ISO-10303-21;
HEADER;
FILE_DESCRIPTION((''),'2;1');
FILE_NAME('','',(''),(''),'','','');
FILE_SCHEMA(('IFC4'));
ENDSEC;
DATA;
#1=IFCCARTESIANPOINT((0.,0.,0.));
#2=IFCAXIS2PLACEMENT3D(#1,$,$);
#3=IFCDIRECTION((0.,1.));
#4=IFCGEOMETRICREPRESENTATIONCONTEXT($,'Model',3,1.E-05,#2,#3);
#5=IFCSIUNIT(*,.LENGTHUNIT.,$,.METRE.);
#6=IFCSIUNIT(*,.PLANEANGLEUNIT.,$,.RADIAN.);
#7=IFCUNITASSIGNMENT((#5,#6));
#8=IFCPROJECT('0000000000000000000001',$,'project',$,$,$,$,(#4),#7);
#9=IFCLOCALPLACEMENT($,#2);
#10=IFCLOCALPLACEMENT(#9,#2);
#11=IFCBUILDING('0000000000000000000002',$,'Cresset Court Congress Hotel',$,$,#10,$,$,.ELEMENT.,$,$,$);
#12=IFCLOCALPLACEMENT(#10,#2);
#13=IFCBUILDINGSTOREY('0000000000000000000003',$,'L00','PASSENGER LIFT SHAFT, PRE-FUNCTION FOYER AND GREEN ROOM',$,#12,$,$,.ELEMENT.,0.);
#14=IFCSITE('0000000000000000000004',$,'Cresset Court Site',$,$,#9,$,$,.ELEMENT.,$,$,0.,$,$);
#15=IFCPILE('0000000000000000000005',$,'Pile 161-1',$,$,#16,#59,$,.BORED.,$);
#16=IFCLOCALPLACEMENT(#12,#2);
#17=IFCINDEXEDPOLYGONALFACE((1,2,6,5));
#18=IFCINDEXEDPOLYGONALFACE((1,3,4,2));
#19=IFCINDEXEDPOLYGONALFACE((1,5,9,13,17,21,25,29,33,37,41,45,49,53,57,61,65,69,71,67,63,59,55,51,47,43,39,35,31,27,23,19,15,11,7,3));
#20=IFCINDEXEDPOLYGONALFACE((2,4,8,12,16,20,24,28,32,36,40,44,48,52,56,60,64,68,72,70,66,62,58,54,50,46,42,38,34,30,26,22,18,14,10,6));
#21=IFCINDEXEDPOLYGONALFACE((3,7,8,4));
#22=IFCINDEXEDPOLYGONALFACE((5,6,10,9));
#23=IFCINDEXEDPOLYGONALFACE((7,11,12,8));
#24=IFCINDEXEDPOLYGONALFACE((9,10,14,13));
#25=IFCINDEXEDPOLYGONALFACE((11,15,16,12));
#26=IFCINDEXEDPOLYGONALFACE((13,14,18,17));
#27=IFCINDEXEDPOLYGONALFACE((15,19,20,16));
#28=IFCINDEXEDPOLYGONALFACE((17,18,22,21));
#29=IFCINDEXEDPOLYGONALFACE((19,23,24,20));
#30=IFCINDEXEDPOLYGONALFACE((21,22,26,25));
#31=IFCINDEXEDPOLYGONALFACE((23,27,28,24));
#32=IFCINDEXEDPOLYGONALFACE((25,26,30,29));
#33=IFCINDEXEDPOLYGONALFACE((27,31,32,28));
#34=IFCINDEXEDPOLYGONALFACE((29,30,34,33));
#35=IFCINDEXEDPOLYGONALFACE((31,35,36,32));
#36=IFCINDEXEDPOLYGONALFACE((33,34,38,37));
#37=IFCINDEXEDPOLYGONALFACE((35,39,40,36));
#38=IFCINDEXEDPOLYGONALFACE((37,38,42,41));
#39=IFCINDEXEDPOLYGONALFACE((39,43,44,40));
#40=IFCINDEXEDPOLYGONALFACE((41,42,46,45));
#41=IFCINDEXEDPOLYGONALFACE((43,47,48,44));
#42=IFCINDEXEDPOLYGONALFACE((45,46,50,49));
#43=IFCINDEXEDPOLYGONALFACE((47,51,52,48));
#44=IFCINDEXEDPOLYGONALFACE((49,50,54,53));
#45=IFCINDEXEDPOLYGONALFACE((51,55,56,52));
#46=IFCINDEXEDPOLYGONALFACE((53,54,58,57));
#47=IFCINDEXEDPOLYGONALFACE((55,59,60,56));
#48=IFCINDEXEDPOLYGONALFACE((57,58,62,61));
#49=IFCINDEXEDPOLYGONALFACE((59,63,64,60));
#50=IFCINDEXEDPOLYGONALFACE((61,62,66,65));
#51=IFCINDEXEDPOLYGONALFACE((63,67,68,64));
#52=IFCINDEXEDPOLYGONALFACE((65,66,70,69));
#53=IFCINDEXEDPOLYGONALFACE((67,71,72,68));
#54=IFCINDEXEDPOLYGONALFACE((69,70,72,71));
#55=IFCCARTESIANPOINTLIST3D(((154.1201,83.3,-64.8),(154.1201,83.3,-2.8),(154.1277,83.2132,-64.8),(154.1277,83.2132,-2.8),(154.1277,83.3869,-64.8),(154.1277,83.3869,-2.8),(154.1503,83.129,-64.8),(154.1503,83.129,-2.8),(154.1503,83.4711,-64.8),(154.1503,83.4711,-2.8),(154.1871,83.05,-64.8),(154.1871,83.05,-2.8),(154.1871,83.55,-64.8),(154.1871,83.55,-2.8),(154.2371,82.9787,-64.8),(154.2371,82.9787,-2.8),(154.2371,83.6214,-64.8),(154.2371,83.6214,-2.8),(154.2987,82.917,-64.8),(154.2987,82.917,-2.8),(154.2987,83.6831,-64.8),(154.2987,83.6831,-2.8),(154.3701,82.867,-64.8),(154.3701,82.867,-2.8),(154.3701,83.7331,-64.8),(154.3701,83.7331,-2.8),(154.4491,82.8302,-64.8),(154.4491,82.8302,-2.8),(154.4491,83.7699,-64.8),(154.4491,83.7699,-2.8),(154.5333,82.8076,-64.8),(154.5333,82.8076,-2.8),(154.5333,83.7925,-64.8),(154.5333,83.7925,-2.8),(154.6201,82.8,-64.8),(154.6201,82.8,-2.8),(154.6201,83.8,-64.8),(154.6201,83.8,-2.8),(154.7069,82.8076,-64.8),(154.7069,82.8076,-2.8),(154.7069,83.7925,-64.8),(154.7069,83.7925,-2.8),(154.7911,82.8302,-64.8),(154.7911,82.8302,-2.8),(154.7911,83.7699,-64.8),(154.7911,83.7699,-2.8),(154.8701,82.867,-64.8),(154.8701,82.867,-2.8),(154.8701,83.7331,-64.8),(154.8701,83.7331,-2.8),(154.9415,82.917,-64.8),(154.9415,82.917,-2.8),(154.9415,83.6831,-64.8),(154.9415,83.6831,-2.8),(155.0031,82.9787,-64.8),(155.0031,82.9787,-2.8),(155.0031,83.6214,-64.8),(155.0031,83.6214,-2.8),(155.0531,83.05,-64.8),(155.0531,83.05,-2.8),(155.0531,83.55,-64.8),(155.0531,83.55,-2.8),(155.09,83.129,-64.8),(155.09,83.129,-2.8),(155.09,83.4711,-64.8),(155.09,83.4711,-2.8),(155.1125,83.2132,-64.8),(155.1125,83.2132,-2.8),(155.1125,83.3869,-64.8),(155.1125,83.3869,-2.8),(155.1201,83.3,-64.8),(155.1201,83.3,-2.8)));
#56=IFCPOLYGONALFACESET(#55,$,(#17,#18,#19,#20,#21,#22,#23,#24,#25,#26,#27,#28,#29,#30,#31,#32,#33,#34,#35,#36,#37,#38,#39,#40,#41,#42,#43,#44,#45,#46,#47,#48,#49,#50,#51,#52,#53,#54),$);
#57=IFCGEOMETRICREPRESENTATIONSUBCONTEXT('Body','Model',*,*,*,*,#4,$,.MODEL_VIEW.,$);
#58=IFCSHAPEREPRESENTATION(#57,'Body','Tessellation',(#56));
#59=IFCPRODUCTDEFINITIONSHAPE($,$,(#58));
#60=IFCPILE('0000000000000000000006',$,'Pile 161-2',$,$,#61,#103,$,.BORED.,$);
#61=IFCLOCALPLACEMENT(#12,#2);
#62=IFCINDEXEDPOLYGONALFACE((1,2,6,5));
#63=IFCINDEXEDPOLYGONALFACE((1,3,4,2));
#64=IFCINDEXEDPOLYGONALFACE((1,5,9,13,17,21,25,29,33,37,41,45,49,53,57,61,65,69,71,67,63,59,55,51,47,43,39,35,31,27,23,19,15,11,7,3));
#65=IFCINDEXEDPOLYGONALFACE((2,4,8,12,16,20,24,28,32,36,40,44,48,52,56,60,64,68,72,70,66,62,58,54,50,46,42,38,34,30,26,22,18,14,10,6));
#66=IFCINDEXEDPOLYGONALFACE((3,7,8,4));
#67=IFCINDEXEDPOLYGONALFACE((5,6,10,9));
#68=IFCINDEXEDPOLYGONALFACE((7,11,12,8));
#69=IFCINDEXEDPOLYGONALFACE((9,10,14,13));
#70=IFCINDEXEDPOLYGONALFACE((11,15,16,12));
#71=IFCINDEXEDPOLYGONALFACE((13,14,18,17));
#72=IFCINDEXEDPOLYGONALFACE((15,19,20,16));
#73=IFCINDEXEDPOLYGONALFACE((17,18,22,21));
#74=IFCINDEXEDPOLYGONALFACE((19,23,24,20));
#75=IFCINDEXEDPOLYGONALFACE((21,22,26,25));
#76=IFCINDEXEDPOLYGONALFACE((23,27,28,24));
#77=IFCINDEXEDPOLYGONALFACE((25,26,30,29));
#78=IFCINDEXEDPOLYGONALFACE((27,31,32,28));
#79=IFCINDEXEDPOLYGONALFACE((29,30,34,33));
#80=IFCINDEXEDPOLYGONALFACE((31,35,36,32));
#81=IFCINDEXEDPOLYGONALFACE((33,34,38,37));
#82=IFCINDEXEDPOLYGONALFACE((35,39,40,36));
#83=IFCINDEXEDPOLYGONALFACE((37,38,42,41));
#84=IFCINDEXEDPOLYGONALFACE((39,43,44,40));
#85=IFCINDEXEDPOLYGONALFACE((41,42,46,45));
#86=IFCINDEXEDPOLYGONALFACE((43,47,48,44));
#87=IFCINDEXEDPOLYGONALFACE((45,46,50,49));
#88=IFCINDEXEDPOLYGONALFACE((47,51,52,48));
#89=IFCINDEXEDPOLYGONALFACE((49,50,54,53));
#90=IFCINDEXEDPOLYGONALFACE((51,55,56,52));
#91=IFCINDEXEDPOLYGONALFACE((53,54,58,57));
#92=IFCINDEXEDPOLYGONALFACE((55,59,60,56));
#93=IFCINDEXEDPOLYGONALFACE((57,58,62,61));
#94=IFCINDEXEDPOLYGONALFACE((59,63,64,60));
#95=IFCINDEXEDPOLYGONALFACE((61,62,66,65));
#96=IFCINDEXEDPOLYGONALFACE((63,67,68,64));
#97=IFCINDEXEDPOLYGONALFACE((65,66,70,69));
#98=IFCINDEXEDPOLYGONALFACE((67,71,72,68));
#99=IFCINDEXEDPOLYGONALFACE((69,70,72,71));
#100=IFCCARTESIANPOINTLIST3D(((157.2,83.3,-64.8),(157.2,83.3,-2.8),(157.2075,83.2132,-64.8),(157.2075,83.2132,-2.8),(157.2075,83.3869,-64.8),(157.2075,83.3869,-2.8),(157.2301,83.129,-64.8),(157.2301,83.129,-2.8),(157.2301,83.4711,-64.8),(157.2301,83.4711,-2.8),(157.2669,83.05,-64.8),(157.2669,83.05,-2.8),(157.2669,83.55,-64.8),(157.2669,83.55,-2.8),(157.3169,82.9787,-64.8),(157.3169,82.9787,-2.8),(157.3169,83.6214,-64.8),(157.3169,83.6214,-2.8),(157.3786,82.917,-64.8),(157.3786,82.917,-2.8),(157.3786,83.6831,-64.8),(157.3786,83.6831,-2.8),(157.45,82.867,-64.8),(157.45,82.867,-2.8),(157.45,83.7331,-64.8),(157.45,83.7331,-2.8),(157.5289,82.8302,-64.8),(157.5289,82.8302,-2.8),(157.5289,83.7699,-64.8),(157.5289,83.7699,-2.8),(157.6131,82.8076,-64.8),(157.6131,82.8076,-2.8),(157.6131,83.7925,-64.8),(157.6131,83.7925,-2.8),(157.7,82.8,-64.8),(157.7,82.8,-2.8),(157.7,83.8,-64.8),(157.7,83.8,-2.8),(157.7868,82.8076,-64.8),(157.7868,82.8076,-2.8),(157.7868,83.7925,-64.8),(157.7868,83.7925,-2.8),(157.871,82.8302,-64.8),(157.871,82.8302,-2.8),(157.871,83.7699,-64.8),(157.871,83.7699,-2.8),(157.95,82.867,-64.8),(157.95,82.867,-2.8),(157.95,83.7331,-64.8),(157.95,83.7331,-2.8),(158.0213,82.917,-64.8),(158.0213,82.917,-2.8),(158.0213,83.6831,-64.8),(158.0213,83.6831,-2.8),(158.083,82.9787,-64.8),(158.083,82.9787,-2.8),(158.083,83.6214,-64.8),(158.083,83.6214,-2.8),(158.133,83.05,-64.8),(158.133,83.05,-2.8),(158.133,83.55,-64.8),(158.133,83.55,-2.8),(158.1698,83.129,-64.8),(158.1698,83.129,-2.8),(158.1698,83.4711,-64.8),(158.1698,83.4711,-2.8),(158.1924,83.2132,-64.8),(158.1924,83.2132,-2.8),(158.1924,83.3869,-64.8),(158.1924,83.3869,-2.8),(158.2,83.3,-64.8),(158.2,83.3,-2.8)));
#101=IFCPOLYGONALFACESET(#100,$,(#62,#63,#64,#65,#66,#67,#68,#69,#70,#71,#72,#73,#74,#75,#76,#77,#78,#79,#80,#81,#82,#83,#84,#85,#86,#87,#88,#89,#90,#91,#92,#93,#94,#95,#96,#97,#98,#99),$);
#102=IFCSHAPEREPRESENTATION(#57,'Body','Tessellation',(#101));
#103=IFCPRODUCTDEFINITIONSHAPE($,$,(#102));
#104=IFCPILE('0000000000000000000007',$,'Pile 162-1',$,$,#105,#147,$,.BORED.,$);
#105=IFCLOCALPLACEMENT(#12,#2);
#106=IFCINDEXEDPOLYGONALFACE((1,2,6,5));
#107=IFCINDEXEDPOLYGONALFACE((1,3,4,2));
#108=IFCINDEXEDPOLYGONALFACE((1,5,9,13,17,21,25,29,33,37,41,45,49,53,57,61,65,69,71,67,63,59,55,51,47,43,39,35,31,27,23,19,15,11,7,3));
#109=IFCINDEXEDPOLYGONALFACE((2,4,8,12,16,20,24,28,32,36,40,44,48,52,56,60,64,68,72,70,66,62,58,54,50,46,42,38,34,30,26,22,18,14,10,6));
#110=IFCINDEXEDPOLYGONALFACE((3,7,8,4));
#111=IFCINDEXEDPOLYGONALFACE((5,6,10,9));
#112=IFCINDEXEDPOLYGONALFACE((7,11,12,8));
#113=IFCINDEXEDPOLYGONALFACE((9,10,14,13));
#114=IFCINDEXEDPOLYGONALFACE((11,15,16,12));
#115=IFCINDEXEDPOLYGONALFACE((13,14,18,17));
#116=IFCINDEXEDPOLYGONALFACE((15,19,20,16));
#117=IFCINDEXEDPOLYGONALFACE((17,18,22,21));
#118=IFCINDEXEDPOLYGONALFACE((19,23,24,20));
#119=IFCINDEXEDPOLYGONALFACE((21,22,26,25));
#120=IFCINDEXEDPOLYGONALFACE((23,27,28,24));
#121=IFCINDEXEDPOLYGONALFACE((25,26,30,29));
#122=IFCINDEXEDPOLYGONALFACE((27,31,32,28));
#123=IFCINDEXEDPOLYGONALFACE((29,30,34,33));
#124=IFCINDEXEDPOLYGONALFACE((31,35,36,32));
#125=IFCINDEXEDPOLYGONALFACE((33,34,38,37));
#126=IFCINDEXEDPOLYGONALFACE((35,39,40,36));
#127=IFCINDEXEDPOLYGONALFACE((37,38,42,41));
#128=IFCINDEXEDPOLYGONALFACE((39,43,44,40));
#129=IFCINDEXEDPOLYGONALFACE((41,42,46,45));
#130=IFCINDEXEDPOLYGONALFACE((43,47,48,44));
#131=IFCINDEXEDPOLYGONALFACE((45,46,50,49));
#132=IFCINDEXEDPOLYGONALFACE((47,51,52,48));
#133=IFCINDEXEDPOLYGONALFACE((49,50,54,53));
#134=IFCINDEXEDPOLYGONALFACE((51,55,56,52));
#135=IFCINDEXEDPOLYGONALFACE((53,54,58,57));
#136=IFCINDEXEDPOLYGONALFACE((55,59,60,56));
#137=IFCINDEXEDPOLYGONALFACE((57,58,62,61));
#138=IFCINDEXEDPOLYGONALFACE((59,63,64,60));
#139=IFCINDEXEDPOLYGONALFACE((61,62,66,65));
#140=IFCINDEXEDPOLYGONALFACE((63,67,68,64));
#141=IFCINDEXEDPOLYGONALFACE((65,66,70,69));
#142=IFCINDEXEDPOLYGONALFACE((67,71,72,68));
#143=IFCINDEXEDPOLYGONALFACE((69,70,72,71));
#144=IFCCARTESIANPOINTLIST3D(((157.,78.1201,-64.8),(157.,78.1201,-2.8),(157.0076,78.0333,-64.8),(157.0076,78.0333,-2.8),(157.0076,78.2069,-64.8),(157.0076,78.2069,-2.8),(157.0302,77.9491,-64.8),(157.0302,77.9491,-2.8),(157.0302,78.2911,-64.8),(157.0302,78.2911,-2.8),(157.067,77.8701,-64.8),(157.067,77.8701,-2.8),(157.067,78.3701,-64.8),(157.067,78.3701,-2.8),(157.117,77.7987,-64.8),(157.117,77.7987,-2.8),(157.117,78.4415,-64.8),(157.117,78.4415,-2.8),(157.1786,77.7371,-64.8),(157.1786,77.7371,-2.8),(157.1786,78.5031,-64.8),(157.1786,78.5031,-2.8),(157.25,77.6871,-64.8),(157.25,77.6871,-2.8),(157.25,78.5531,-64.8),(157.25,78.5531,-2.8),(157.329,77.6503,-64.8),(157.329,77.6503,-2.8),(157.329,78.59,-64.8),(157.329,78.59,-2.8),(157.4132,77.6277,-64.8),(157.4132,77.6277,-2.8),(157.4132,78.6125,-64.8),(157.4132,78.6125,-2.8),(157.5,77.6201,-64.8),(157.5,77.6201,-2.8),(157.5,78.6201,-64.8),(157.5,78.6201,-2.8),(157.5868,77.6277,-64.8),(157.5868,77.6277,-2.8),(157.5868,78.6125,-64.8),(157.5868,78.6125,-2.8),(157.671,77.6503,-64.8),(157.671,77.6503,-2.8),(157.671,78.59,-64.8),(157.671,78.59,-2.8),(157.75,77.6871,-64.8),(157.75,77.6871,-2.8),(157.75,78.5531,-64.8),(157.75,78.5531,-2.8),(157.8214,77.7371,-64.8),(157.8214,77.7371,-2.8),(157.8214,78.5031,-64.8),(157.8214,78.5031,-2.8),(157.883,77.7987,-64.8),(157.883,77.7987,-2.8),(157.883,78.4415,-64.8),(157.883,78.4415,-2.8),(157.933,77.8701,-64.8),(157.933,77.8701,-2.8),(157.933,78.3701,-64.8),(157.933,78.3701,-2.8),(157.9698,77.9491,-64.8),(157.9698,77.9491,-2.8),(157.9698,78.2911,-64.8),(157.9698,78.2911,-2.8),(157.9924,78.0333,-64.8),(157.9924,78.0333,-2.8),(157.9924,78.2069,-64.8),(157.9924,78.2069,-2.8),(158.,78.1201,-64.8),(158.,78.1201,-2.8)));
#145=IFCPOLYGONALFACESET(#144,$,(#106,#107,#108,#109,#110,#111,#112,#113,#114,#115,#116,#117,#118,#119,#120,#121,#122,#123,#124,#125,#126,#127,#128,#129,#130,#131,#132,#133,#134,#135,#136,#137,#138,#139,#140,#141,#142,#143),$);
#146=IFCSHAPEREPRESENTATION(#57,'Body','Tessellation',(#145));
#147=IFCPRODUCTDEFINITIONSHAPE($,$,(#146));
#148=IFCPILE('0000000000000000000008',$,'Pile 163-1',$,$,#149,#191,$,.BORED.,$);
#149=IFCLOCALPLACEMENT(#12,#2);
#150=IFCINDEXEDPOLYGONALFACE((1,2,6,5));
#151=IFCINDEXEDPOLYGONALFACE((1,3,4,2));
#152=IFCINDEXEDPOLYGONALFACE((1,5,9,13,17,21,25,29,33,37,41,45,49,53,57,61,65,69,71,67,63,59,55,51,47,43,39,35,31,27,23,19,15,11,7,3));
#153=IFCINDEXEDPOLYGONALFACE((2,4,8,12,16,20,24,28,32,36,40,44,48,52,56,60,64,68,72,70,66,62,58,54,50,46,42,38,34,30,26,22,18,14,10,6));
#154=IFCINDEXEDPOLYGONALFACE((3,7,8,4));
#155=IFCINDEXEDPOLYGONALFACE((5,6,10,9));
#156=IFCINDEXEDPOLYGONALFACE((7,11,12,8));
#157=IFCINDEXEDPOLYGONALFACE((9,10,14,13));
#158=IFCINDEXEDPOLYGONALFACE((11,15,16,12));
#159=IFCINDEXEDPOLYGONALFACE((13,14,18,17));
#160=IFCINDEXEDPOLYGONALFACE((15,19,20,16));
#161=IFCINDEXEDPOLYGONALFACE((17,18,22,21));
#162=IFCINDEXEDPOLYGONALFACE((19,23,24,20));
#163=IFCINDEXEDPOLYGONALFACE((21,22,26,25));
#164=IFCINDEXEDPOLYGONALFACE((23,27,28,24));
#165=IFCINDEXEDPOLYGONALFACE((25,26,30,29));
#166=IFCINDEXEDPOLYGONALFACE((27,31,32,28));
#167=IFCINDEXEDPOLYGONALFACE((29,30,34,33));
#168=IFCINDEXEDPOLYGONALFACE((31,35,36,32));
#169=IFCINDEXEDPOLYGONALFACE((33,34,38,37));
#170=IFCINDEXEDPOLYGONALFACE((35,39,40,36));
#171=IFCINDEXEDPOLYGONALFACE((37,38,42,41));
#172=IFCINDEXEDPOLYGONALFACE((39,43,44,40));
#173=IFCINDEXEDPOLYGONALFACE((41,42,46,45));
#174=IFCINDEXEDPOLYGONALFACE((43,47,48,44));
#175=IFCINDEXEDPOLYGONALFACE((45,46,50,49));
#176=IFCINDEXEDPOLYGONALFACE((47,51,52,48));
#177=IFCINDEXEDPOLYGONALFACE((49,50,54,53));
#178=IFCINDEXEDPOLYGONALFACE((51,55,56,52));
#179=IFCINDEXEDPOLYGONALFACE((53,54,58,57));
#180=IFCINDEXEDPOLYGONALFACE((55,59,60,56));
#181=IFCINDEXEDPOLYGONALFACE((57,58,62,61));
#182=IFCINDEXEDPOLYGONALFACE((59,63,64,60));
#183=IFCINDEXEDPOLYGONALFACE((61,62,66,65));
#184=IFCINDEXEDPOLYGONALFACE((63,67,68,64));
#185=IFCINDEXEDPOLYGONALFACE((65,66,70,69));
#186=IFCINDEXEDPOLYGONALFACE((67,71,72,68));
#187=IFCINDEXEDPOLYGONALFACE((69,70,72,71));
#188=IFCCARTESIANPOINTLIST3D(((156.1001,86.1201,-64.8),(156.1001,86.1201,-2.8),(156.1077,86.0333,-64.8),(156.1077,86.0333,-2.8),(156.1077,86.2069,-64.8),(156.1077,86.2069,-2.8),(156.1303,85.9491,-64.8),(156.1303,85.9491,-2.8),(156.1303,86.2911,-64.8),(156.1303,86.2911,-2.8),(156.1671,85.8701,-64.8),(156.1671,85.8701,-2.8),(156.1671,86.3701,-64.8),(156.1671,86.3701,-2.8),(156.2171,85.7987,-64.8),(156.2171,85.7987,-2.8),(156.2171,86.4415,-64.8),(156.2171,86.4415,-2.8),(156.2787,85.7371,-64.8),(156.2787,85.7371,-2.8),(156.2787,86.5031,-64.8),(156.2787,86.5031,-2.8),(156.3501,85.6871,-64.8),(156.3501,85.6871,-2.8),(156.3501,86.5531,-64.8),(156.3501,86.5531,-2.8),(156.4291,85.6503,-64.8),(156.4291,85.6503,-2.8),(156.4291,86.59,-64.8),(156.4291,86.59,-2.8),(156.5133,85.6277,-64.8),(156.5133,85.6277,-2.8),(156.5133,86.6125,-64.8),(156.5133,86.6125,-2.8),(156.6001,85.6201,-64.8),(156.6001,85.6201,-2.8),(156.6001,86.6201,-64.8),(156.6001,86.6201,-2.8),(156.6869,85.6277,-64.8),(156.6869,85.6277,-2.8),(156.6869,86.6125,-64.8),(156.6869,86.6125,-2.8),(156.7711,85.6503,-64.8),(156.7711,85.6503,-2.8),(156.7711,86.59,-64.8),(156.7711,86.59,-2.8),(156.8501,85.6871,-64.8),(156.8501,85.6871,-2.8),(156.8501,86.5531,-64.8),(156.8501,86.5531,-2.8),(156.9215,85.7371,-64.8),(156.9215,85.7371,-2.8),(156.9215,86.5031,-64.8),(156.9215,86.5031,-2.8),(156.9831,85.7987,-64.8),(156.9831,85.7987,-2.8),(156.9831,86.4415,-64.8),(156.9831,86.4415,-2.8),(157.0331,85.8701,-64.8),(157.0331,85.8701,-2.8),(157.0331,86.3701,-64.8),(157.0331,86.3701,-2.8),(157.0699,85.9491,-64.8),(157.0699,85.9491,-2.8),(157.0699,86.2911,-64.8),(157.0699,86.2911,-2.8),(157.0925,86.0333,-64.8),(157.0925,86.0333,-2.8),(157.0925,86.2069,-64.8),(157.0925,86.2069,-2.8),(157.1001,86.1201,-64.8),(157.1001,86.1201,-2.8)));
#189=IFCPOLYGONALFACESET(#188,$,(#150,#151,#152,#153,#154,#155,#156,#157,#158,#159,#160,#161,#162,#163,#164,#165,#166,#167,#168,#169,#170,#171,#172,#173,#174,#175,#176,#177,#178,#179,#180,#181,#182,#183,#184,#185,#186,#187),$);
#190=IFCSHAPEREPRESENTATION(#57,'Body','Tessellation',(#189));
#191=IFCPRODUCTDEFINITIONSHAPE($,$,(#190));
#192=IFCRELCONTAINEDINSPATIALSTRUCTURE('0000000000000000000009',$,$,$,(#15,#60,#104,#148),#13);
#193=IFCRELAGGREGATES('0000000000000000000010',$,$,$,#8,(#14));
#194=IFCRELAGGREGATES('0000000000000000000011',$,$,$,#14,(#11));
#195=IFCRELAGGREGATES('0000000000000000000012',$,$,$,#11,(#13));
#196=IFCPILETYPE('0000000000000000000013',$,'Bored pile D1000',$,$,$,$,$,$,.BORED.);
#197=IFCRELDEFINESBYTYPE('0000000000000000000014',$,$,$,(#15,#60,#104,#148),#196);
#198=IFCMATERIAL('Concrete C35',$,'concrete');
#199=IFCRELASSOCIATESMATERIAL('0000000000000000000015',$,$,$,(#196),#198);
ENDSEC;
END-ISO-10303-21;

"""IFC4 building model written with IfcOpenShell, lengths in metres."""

from ifc_helpers import new_model, si_unit, direction, frame, origin, origin_2d, place, context, subcontext, project, spatial, circle, extrude, material, type_object, element, save


model = new_model("IFC4")

# Units and contexts
model_context = context("Model", 3, precision=1e-05, world=origin(), true_north=direction((0.0, 1.0)))
body_context = subcontext(model_context, "Body", "Model", "MODEL_VIEW")
ifc_project = project(units=[si_unit("LENGTHUNIT", "METRE"), si_unit("PLANEANGLEUNIT", "RADIAN")], contexts=[model_context])

# Site, building, storey
site_placement = place(None, origin())
site = spatial("IfcSite", under=ifc_project, at=site_placement, Name="Cresset Court Site", CompositionType="ELEMENT", RefElevation=0.0)
building_placement = place(site_placement, origin())
building = spatial("IfcBuilding", under=site, at=building_placement, Name="Cresset Court Congress Hotel", CompositionType="ELEMENT")
storey_placement = place(building_placement, origin())
storey = spatial("IfcBuildingStorey", under=building, at=storey_placement, Name="L00", Description="PASSENGER LIFT SHAFT, PRE-FUNCTION FOYER AND GREEN ROOM", CompositionType="ELEMENT", Elevation=0.0)

# Piles
ifc_material_1 = material(Name="Concrete C35", Category="concrete")
pile_type = type_object("IfcPileType", Name="Bored pile D1000", PredefinedType="BORED", material=ifc_material_1)
for number, where, z_axis, x_axis, name in (
    (1, (154.6201, 83.3, -2.8), (0.0, 0.0, -1.0), (1.0, 0.0, 0.0), "Pile 161-1"),
    (2, (157.7, 83.3, -2.8), (0.0, 0.0, -1.0), (1.0, 0.0, 0.0), "Pile 161-2"),
    (3, (157.5, 78.1201, -2.8), (0.0, 0.0, -1.0), (1.0, 0.0, 0.0), "Pile 162-1"),
    (4, (156.6001, 86.1201, -2.8), (0.0, 0.0, -1.0), (1.0, 0.0, 0.0), "Pile 163-1"),
):
    element("IfcPile", number, at=place(storey_placement, frame(where, z_axis=z_axis, x_axis=x_axis)), inside=storey, type_object=pile_type, Name=name, PredefinedType="BORED", context=body_context, shape_type="SweptSolid", body=[
        extrude(circle(Radius=0.5, at=origin_2d()), origin(), (0.0, 0.0, 1.0), 62.0),
    ])

save(model, "model.ifc")
